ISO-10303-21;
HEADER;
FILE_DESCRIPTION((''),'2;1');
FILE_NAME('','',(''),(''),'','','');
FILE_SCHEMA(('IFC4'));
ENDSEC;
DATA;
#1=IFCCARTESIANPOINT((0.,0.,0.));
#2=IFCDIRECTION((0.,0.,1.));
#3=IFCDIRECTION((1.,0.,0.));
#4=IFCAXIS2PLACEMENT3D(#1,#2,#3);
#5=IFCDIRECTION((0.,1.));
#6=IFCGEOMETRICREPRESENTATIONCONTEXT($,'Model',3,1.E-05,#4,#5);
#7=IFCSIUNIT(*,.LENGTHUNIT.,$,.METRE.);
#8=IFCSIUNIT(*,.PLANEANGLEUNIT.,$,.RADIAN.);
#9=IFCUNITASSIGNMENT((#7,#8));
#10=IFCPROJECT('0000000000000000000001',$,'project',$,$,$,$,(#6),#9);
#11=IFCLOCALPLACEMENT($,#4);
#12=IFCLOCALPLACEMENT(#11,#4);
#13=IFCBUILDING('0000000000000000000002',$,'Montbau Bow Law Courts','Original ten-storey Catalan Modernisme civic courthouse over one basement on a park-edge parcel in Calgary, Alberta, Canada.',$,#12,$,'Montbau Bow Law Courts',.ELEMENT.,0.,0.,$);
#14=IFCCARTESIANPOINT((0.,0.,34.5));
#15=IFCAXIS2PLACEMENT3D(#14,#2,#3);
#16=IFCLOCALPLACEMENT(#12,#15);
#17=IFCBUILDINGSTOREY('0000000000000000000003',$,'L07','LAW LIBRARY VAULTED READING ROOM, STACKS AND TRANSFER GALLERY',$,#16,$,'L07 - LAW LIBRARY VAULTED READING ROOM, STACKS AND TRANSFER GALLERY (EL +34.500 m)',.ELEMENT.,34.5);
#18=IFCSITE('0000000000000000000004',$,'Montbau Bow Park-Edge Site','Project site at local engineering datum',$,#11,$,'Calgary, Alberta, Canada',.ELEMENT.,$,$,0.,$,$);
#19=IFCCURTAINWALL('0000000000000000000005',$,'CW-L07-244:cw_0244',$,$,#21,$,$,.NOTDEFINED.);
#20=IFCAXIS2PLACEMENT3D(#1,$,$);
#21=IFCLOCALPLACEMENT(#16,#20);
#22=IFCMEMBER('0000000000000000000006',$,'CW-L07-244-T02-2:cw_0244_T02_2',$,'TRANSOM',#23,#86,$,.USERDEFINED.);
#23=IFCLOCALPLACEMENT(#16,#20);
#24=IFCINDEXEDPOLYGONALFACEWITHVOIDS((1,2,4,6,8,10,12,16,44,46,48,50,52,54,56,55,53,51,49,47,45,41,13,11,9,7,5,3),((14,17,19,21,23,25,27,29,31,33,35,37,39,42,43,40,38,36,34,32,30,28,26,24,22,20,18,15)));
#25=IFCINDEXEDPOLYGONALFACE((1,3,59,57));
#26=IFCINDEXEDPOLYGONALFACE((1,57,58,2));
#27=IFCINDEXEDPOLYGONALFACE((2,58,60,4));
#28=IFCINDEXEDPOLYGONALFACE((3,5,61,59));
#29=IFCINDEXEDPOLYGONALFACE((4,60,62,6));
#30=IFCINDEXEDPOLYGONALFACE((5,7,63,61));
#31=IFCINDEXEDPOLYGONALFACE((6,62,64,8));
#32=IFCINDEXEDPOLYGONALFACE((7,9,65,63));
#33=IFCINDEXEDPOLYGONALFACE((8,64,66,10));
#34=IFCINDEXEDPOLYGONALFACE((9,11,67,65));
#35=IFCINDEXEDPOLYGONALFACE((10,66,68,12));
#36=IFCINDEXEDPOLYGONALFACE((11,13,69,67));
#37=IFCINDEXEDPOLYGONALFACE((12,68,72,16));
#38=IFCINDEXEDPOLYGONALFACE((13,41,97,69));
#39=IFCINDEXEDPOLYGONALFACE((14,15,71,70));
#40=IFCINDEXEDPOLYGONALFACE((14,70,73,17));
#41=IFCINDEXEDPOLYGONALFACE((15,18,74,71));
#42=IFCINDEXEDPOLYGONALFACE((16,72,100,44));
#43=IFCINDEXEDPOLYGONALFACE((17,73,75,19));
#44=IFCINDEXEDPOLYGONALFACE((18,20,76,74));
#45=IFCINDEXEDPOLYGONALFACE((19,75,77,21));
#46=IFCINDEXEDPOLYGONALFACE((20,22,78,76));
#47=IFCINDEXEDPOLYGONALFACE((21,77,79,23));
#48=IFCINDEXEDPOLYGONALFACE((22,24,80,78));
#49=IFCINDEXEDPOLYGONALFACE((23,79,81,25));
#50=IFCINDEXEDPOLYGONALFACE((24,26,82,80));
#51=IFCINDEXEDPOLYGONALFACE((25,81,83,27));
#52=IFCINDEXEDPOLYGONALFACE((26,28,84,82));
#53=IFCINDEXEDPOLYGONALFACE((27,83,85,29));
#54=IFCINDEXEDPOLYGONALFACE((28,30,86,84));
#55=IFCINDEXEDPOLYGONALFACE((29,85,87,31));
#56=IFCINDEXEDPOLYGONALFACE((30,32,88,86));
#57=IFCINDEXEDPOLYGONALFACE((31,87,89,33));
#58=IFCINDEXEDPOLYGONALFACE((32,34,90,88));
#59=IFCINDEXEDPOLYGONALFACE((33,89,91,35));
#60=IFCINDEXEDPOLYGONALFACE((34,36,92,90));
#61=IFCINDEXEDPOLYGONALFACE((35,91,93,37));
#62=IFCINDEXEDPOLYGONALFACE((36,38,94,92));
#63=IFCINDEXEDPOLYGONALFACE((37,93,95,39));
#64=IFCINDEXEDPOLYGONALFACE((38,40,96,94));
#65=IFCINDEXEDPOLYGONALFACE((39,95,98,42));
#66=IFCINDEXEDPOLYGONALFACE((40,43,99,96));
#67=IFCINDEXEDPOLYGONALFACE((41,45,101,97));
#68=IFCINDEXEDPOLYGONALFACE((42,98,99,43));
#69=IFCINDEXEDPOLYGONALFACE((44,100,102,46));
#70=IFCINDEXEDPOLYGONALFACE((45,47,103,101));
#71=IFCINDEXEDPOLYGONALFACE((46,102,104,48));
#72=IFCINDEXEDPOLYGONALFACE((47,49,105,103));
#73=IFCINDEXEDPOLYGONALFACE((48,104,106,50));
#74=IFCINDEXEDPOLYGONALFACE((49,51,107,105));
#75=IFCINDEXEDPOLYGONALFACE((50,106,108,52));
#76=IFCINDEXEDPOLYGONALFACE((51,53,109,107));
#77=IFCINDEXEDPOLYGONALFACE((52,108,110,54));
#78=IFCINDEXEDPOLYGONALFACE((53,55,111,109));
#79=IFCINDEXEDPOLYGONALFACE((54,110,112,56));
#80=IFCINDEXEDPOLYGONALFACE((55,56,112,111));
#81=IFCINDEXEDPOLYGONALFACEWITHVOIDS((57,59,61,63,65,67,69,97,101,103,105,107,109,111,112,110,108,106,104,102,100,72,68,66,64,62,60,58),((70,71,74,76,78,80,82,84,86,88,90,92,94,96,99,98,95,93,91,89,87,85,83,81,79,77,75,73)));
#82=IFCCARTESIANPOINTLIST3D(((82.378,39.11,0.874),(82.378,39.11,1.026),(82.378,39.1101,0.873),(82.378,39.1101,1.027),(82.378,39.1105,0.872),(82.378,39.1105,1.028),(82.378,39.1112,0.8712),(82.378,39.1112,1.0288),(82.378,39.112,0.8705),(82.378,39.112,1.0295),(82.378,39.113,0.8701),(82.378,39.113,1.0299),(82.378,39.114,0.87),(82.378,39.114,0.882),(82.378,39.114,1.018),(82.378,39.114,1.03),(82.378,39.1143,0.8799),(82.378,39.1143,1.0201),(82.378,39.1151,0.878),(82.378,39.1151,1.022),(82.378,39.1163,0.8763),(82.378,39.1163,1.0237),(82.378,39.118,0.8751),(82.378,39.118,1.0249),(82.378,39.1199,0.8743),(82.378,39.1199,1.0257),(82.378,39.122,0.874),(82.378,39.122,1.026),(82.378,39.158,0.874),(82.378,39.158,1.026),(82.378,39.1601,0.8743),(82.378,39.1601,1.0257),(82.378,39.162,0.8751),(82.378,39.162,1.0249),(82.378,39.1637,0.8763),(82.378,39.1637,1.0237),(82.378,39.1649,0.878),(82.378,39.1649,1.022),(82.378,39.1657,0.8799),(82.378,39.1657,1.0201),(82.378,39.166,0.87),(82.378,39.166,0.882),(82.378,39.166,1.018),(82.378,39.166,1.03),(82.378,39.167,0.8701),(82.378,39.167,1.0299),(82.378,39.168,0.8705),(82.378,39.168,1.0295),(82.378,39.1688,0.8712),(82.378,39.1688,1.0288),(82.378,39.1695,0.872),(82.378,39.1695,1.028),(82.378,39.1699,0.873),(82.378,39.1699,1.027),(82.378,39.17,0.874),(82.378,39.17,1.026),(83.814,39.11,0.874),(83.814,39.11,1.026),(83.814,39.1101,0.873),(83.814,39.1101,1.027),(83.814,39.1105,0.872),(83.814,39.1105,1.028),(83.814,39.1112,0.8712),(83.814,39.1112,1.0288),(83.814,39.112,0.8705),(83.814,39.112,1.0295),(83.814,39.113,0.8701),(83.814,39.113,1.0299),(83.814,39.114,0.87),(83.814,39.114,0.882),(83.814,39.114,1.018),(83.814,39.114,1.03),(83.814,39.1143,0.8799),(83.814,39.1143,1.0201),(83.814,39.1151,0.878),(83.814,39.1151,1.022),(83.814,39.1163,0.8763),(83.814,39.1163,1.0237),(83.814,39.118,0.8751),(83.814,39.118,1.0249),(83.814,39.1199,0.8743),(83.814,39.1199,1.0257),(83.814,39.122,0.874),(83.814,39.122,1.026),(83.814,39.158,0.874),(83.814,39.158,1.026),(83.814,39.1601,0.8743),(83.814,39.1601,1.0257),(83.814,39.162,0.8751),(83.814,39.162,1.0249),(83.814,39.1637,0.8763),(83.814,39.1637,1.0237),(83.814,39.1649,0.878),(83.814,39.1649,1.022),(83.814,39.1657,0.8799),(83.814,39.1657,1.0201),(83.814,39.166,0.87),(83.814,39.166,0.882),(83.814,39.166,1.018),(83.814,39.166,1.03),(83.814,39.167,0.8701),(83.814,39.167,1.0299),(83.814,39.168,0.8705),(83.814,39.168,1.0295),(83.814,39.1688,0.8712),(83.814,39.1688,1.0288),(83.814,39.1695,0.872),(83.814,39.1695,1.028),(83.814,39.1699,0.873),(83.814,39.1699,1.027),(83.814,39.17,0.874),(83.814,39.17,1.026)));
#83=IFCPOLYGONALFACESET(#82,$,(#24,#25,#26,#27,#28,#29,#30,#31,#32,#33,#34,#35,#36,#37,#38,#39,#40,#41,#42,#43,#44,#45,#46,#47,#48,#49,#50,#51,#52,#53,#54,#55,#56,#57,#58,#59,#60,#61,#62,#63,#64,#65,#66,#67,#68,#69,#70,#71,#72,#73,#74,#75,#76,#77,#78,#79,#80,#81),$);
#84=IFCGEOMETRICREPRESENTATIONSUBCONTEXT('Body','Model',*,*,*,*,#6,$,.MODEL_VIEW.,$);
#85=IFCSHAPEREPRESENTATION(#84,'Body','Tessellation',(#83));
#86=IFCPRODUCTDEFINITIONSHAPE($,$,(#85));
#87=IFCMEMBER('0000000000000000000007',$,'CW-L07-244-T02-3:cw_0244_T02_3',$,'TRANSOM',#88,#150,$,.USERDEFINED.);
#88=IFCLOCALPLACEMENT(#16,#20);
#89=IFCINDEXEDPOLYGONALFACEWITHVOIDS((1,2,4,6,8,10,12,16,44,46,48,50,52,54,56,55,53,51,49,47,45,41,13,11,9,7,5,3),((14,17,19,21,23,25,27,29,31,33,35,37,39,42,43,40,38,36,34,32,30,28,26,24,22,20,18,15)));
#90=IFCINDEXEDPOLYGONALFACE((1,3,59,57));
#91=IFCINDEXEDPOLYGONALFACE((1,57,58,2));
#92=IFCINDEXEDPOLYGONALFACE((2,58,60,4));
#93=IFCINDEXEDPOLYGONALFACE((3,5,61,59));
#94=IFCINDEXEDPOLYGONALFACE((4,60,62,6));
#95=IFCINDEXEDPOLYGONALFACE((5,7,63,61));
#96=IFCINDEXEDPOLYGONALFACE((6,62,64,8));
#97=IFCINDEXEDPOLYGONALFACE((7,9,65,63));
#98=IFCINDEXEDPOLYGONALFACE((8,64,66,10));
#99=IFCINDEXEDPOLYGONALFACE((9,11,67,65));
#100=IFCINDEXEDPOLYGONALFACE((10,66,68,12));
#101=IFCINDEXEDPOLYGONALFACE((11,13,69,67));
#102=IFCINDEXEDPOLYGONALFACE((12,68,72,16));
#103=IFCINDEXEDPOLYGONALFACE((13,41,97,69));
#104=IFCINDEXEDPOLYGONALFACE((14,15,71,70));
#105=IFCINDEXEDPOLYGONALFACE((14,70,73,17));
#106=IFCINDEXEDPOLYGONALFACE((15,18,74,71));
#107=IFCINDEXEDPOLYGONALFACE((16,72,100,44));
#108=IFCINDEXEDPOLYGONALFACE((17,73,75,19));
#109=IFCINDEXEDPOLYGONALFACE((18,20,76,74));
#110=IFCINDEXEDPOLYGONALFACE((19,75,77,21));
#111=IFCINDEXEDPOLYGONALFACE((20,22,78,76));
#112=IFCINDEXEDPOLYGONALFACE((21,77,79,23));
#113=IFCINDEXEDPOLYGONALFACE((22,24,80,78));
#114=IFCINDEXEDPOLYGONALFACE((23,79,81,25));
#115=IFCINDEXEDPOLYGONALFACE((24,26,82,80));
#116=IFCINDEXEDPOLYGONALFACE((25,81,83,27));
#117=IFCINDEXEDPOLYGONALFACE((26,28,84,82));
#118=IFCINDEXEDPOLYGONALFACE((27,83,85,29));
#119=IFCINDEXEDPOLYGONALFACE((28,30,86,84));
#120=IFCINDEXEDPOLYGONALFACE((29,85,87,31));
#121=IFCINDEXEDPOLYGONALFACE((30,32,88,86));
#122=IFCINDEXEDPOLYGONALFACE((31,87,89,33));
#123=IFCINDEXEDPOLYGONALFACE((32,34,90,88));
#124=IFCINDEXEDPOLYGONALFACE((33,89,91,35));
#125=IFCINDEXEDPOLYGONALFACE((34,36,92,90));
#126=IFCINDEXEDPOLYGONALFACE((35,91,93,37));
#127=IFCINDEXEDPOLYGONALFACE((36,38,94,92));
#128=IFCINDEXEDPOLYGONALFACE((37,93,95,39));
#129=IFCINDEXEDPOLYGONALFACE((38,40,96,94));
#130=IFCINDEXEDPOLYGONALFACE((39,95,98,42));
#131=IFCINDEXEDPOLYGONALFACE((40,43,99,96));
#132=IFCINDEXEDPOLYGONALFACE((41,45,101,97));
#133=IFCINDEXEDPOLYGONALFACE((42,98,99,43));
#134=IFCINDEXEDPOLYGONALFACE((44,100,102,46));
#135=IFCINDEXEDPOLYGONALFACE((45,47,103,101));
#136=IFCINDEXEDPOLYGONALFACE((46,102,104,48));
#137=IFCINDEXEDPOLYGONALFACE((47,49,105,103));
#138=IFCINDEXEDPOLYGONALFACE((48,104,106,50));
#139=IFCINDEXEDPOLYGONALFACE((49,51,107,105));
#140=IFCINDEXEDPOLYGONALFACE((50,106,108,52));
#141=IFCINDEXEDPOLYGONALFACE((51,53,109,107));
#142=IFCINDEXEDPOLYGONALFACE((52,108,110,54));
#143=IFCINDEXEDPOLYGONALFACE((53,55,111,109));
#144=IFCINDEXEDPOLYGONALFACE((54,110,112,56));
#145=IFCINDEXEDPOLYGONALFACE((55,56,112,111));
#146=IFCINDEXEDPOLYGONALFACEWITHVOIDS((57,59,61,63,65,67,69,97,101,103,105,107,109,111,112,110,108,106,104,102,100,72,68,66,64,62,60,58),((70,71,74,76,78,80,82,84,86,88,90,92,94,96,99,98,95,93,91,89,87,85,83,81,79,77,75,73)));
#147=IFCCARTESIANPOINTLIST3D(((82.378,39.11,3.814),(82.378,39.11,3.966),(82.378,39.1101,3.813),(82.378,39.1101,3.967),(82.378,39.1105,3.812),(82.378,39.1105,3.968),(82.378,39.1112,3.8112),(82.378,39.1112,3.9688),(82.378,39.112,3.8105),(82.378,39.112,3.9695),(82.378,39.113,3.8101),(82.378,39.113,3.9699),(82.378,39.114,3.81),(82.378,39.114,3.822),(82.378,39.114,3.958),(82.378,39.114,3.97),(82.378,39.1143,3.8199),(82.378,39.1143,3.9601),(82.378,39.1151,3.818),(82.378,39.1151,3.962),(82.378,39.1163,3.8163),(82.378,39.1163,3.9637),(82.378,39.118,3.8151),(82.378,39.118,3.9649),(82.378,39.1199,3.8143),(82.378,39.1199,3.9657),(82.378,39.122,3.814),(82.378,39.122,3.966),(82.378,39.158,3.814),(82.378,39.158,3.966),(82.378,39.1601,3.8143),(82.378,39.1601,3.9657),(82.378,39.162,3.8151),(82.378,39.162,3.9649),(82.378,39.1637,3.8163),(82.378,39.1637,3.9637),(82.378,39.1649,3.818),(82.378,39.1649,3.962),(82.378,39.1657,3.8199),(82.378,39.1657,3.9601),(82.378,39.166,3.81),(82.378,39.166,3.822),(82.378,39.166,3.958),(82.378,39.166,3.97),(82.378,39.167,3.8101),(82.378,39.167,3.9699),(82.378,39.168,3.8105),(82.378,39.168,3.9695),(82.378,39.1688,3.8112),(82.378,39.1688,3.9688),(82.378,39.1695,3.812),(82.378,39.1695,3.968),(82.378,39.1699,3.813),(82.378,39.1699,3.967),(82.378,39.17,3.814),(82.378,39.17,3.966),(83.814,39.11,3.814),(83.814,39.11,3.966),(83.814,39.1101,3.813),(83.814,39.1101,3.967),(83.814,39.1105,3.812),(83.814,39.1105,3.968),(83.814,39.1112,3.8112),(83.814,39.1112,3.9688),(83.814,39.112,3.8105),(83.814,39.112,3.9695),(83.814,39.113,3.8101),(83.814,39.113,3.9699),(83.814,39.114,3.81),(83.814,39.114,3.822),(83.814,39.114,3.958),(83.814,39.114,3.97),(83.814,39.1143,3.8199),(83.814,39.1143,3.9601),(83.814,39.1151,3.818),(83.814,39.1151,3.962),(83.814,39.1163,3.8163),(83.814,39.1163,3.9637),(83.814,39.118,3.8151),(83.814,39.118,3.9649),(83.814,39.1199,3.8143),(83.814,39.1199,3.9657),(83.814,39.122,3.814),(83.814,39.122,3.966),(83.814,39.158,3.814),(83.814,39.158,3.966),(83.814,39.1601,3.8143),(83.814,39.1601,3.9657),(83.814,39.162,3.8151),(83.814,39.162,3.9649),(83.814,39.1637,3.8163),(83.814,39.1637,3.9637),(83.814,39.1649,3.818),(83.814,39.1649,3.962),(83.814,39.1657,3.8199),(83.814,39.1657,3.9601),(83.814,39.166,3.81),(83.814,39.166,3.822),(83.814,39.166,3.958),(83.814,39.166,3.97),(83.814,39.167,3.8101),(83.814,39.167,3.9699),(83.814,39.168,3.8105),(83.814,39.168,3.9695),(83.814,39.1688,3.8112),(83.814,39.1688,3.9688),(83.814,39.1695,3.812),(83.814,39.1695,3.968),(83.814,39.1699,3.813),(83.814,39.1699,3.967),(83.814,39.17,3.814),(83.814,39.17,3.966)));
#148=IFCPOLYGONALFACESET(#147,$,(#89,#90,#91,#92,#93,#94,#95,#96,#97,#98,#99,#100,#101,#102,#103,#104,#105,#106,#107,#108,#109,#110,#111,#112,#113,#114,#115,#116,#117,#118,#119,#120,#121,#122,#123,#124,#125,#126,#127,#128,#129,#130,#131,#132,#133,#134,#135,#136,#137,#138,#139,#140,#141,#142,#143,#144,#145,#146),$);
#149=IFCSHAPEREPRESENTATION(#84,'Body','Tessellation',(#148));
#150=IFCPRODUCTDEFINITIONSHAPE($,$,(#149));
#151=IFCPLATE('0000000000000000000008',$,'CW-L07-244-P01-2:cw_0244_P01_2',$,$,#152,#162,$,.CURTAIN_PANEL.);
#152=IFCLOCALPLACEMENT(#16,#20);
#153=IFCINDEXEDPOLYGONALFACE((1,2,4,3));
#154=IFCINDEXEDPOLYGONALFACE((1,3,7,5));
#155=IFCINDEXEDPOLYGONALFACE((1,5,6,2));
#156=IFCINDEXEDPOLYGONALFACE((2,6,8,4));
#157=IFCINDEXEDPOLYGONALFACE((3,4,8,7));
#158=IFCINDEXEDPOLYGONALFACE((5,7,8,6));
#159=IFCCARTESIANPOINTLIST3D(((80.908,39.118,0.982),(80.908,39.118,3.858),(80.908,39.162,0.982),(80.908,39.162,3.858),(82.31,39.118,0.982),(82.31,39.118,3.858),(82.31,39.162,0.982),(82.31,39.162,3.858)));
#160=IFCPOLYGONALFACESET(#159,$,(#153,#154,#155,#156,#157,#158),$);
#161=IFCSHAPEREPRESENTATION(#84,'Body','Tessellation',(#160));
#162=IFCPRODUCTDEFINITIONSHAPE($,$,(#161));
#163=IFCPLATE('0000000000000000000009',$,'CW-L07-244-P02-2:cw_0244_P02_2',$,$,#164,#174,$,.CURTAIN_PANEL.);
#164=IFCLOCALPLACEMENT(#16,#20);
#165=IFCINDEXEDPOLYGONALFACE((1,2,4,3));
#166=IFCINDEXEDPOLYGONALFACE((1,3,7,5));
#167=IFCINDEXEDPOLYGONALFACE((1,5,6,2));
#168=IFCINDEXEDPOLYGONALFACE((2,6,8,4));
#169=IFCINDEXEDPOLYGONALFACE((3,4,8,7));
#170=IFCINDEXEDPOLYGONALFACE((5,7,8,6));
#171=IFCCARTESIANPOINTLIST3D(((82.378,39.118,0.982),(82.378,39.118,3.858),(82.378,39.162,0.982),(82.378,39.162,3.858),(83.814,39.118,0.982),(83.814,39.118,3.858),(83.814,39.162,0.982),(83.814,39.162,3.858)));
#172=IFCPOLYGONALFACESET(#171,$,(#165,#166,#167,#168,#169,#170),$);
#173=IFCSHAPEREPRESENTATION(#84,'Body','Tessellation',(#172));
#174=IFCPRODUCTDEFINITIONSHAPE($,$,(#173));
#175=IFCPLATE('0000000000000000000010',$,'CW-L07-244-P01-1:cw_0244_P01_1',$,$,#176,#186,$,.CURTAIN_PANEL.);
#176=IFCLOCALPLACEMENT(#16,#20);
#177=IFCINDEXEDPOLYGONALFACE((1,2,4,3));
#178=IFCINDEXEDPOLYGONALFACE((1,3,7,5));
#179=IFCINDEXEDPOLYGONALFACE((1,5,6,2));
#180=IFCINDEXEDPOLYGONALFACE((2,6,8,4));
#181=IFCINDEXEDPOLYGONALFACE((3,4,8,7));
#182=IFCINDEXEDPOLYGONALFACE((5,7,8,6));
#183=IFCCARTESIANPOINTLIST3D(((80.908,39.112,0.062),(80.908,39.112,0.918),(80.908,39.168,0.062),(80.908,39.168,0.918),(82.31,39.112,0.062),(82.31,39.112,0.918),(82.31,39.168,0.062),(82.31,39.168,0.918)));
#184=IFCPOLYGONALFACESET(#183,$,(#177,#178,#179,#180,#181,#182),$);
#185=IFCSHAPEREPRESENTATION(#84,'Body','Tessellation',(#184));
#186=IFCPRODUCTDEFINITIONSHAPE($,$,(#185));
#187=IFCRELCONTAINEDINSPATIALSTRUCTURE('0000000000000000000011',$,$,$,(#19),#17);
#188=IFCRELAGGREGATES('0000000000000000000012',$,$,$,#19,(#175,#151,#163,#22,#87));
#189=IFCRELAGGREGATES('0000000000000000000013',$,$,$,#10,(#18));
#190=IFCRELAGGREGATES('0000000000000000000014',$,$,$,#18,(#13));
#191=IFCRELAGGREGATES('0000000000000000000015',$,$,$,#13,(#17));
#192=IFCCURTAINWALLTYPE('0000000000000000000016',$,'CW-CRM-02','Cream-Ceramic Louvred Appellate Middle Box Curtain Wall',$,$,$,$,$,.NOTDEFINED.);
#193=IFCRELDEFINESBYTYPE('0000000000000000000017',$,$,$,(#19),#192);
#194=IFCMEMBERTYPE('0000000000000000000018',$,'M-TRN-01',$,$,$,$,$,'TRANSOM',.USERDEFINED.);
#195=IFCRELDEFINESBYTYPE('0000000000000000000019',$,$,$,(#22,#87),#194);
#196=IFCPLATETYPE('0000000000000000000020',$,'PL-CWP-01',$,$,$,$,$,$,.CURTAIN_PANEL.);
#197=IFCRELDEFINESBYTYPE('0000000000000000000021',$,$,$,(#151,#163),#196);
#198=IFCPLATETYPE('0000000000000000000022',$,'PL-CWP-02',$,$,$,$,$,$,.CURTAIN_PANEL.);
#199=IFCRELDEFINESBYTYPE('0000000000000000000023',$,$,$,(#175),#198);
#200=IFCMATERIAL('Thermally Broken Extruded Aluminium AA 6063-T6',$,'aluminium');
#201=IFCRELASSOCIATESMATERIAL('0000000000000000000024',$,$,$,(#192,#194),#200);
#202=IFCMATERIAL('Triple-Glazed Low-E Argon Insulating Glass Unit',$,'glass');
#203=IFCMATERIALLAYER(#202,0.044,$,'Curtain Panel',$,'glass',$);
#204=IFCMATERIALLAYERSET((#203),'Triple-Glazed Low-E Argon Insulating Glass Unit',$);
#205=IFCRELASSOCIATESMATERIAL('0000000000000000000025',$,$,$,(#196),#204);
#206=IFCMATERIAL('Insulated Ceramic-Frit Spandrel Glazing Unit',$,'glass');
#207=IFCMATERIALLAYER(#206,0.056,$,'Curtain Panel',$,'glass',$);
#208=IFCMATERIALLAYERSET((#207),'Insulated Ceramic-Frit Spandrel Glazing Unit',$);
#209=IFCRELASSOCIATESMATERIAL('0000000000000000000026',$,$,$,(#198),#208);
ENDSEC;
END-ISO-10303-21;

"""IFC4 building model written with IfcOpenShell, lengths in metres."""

from ifc_helpers import new_model, si_unit, direction, frame, frame_2d, origin_with_axes, origin_2d_with_axis, place, context, subcontext, project, spatial, rectangle, hollow_rectangle, extrude, material, layer, layer_set, material_profile, profile_set, type_object, element, aggregate, save


model = new_model("IFC4")

# Units and contexts
model_context = context("Model", 3, precision=1e-05, world=origin_with_axes(), true_north=direction((0.0, 1.0)))
body_context = subcontext(model_context, "Body", "Model", "MODEL_VIEW")
ifc_project = project(units=[si_unit("LENGTHUNIT", "METRE"), si_unit("PLANEANGLEUNIT", "RADIAN")], contexts=[model_context])

# Site, building, storey
site_placement = place(None, origin_with_axes())
site = spatial("IfcSite", under=ifc_project, at=site_placement, Name="Montbau Bow Park-Edge Site", Description="Project site at local engineering datum", LongName="Calgary, Alberta, Canada", CompositionType="ELEMENT", RefElevation=0.0)
building_placement = place(site_placement, origin_with_axes())
building = spatial("IfcBuilding", under=site, at=building_placement, Name="Montbau Bow Law Courts", Description="Original ten-storey Catalan Modernisme civic courthouse over one basement on a park-edge parcel in Calgary, Alberta, Canada.", LongName="Montbau Bow Law Courts", CompositionType="ELEMENT", ElevationOfRefHeight=0.0, ElevationOfTerrain=0.0)
storey_placement = place(building_placement, frame((0.0, 0.0, 34.5), z_axis=(0.0, 0.0, 1.0), x_axis=(1.0, 0.0, 0.0)))
storey = spatial("IfcBuildingStorey", under=building, at=storey_placement, Name="L07", Description="LAW LIBRARY VAULTED READING ROOM, STACKS AND TRANSFER GALLERY", LongName="L07 - LAW LIBRARY VAULTED READING ROOM, STACKS AND TRANSFER GALLERY (EL +34.500 m)", CompositionType="ELEMENT", Elevation=34.5)

# Shared definitions
ifc_material_1 = material(Name="Thermally Broken Extruded Aluminium AA 6063-T6", Category="aluminium")
curtain_wall_type = type_object("IfcCurtainWallType", Name="CW-CRM-02", Description="Cream-Ceramic Louvred Appellate Middle Box Curtain Wall", PredefinedType="NOTDEFINED", material=ifc_material_1)

# Curtain wall, members, plates
curtain_wall_1_placement = place(None, frame((80.84, 39.14, 34.5), z_axis=(0.0, 0.0, 1.0), x_axis=(1.0, 0.0, 0.0)))
curtain_wall_1 = element("IfcCurtainWall", 1, at=curtain_wall_1_placement, inside=storey, type_object=curtain_wall_type, Name="CW-L07-244:cw_0244", PredefinedType="NOTDEFINED")
ifc_material_profile_1 = material_profile(ifc_material_1, hollow_rectangle(XDim=0.06, YDim=0.16, WallThickness=0.004, InnerFilletRadius=0.008, OuterFilletRadius=0.004, at=origin_2d_with_axis()), Name="CWT-160X60", Category="Main", Priority=0)
ifc_profile_set_1 = profile_set([ifc_material_profile_1], Name="Thermally Broken Extruded Aluminium AA 6063-T6")
member_type_1 = type_object("IfcMemberType", Name="M-TRN-01", ElementType="TRANSOM", PredefinedType="USERDEFINED", material=ifc_profile_set_1)
member_1_placement = place(None, frame((82.378, 39.14, 35.45), z_axis=(1.0, 0.0, 0.0), x_axis=(0.0, 1.0, 0.0)))
member_1 = element("IfcMember", 2, at=member_1_placement, type_object=member_type_1, Name="CW-L07-244-T02-2:cw_0244_T02_2", ObjectType="TRANSOM", PredefinedType="USERDEFINED", context=body_context, shape_type="SweptSolid", body=[
    extrude(hollow_rectangle(XDim=0.06, YDim=0.16, WallThickness=0.004, InnerFilletRadius=0.008, OuterFilletRadius=0.004, at=origin_2d_with_axis()), origin_with_axes(), (0.0, 0.0, 1.0), 1.436),
])
member_2_placement = place(None, frame((82.378, 39.14, 38.39), z_axis=(1.0, 0.0, 0.0), x_axis=(0.0, 1.0, 0.0)))
member_2 = element("IfcMember", 3, at=member_2_placement, type_object=member_type_1, Name="CW-L07-244-T02-3:cw_0244_T02_3", ObjectType="TRANSOM", PredefinedType="USERDEFINED", context=body_context, shape_type="SweptSolid", body=[
    extrude(hollow_rectangle(XDim=0.06, YDim=0.16, WallThickness=0.004, InnerFilletRadius=0.008, OuterFilletRadius=0.004, at=origin_2d_with_axis()), origin_with_axes(), (0.0, 0.0, 1.0), 1.436),
])
ifc_material_2 = material(Name="Triple-Glazed Low-E Argon Insulating Glass Unit", Category="glass")
ifc_layer_1 = layer(ifc_material_2, 0.044, Name="Curtain Panel", Category="glass")
ifc_layer_set_1 = layer_set([ifc_layer_1], Name="Triple-Glazed Low-E Argon Insulating Glass Unit")
plate_type_1 = type_object("IfcPlateType", Name="PL-CWP-01", PredefinedType="CURTAIN_PANEL", material=ifc_layer_set_1)
plate_1_placement = place(None, frame((80.908, 39.14, 35.482), z_axis=(0.0, -1.0, 0.0), x_axis=(1.0, 0.0, 0.0)))
plate_1 = element("IfcPlate", 4, at=plate_1_placement, type_object=plate_type_1, Name="CW-L07-244-P01-2:cw_0244_P01_2", PredefinedType="CURTAIN_PANEL", context=body_context, shape_type="SweptSolid", body=[
    extrude(rectangle(XDim=1.402, YDim=2.876, at=frame_2d((0.701, 1.438), x_axis=(1.0, 0.0))), frame((0.0, 0.0, -0.022), z_axis=(0.0, 0.0, 1.0), x_axis=(1.0, 0.0, 0.0)), (0.0, 0.0, 1.0), 0.044),
])
plate_2_placement = place(None, frame((82.378, 39.14, 35.482), z_axis=(0.0, -1.0, 0.0), x_axis=(1.0, 0.0, 0.0)))
plate_2 = element("IfcPlate", 5, at=plate_2_placement, type_object=plate_type_1, Name="CW-L07-244-P02-2:cw_0244_P02_2", PredefinedType="CURTAIN_PANEL", context=body_context, shape_type="SweptSolid", body=[
    extrude(rectangle(XDim=1.436, YDim=2.876, at=frame_2d((0.718, 1.438), x_axis=(1.0, 0.0))), frame((0.0, 0.0, -0.022), z_axis=(0.0, 0.0, 1.0), x_axis=(1.0, 0.0, 0.0)), (0.0, 0.0, 1.0), 0.044),
])
ifc_material_3 = material(Name="Insulated Ceramic-Frit Spandrel Glazing Unit", Category="glass")
ifc_layer_2 = layer(ifc_material_3, 0.056, Name="Curtain Panel", Category="glass")
ifc_layer_set_2 = layer_set([ifc_layer_2], Name="Insulated Ceramic-Frit Spandrel Glazing Unit")
plate_type_2 = type_object("IfcPlateType", Name="PL-CWP-02", PredefinedType="CURTAIN_PANEL", material=ifc_layer_set_2)
plate_3_placement = place(None, frame((80.908, 39.14, 34.562), z_axis=(0.0, -1.0, 0.0), x_axis=(1.0, 0.0, 0.0)))
plate_3 = element("IfcPlate", 6, at=plate_3_placement, type_object=plate_type_2, Name="CW-L07-244-P01-1:cw_0244_P01_1", PredefinedType="CURTAIN_PANEL", context=body_context, shape_type="SweptSolid", body=[
    extrude(rectangle(XDim=1.402, YDim=0.856, at=frame_2d((0.701, 0.428), x_axis=(1.0, 0.0))), frame((0.0, 0.0, -0.028), z_axis=(0.0, 0.0, 1.0), x_axis=(1.0, 0.0, 0.0)), (0.0, 0.0, 1.0), 0.056),
])
aggregate(curtain_wall_1, [plate_3, plate_1, plate_2, member_1, member_2])

save(model, "model.ifc")
